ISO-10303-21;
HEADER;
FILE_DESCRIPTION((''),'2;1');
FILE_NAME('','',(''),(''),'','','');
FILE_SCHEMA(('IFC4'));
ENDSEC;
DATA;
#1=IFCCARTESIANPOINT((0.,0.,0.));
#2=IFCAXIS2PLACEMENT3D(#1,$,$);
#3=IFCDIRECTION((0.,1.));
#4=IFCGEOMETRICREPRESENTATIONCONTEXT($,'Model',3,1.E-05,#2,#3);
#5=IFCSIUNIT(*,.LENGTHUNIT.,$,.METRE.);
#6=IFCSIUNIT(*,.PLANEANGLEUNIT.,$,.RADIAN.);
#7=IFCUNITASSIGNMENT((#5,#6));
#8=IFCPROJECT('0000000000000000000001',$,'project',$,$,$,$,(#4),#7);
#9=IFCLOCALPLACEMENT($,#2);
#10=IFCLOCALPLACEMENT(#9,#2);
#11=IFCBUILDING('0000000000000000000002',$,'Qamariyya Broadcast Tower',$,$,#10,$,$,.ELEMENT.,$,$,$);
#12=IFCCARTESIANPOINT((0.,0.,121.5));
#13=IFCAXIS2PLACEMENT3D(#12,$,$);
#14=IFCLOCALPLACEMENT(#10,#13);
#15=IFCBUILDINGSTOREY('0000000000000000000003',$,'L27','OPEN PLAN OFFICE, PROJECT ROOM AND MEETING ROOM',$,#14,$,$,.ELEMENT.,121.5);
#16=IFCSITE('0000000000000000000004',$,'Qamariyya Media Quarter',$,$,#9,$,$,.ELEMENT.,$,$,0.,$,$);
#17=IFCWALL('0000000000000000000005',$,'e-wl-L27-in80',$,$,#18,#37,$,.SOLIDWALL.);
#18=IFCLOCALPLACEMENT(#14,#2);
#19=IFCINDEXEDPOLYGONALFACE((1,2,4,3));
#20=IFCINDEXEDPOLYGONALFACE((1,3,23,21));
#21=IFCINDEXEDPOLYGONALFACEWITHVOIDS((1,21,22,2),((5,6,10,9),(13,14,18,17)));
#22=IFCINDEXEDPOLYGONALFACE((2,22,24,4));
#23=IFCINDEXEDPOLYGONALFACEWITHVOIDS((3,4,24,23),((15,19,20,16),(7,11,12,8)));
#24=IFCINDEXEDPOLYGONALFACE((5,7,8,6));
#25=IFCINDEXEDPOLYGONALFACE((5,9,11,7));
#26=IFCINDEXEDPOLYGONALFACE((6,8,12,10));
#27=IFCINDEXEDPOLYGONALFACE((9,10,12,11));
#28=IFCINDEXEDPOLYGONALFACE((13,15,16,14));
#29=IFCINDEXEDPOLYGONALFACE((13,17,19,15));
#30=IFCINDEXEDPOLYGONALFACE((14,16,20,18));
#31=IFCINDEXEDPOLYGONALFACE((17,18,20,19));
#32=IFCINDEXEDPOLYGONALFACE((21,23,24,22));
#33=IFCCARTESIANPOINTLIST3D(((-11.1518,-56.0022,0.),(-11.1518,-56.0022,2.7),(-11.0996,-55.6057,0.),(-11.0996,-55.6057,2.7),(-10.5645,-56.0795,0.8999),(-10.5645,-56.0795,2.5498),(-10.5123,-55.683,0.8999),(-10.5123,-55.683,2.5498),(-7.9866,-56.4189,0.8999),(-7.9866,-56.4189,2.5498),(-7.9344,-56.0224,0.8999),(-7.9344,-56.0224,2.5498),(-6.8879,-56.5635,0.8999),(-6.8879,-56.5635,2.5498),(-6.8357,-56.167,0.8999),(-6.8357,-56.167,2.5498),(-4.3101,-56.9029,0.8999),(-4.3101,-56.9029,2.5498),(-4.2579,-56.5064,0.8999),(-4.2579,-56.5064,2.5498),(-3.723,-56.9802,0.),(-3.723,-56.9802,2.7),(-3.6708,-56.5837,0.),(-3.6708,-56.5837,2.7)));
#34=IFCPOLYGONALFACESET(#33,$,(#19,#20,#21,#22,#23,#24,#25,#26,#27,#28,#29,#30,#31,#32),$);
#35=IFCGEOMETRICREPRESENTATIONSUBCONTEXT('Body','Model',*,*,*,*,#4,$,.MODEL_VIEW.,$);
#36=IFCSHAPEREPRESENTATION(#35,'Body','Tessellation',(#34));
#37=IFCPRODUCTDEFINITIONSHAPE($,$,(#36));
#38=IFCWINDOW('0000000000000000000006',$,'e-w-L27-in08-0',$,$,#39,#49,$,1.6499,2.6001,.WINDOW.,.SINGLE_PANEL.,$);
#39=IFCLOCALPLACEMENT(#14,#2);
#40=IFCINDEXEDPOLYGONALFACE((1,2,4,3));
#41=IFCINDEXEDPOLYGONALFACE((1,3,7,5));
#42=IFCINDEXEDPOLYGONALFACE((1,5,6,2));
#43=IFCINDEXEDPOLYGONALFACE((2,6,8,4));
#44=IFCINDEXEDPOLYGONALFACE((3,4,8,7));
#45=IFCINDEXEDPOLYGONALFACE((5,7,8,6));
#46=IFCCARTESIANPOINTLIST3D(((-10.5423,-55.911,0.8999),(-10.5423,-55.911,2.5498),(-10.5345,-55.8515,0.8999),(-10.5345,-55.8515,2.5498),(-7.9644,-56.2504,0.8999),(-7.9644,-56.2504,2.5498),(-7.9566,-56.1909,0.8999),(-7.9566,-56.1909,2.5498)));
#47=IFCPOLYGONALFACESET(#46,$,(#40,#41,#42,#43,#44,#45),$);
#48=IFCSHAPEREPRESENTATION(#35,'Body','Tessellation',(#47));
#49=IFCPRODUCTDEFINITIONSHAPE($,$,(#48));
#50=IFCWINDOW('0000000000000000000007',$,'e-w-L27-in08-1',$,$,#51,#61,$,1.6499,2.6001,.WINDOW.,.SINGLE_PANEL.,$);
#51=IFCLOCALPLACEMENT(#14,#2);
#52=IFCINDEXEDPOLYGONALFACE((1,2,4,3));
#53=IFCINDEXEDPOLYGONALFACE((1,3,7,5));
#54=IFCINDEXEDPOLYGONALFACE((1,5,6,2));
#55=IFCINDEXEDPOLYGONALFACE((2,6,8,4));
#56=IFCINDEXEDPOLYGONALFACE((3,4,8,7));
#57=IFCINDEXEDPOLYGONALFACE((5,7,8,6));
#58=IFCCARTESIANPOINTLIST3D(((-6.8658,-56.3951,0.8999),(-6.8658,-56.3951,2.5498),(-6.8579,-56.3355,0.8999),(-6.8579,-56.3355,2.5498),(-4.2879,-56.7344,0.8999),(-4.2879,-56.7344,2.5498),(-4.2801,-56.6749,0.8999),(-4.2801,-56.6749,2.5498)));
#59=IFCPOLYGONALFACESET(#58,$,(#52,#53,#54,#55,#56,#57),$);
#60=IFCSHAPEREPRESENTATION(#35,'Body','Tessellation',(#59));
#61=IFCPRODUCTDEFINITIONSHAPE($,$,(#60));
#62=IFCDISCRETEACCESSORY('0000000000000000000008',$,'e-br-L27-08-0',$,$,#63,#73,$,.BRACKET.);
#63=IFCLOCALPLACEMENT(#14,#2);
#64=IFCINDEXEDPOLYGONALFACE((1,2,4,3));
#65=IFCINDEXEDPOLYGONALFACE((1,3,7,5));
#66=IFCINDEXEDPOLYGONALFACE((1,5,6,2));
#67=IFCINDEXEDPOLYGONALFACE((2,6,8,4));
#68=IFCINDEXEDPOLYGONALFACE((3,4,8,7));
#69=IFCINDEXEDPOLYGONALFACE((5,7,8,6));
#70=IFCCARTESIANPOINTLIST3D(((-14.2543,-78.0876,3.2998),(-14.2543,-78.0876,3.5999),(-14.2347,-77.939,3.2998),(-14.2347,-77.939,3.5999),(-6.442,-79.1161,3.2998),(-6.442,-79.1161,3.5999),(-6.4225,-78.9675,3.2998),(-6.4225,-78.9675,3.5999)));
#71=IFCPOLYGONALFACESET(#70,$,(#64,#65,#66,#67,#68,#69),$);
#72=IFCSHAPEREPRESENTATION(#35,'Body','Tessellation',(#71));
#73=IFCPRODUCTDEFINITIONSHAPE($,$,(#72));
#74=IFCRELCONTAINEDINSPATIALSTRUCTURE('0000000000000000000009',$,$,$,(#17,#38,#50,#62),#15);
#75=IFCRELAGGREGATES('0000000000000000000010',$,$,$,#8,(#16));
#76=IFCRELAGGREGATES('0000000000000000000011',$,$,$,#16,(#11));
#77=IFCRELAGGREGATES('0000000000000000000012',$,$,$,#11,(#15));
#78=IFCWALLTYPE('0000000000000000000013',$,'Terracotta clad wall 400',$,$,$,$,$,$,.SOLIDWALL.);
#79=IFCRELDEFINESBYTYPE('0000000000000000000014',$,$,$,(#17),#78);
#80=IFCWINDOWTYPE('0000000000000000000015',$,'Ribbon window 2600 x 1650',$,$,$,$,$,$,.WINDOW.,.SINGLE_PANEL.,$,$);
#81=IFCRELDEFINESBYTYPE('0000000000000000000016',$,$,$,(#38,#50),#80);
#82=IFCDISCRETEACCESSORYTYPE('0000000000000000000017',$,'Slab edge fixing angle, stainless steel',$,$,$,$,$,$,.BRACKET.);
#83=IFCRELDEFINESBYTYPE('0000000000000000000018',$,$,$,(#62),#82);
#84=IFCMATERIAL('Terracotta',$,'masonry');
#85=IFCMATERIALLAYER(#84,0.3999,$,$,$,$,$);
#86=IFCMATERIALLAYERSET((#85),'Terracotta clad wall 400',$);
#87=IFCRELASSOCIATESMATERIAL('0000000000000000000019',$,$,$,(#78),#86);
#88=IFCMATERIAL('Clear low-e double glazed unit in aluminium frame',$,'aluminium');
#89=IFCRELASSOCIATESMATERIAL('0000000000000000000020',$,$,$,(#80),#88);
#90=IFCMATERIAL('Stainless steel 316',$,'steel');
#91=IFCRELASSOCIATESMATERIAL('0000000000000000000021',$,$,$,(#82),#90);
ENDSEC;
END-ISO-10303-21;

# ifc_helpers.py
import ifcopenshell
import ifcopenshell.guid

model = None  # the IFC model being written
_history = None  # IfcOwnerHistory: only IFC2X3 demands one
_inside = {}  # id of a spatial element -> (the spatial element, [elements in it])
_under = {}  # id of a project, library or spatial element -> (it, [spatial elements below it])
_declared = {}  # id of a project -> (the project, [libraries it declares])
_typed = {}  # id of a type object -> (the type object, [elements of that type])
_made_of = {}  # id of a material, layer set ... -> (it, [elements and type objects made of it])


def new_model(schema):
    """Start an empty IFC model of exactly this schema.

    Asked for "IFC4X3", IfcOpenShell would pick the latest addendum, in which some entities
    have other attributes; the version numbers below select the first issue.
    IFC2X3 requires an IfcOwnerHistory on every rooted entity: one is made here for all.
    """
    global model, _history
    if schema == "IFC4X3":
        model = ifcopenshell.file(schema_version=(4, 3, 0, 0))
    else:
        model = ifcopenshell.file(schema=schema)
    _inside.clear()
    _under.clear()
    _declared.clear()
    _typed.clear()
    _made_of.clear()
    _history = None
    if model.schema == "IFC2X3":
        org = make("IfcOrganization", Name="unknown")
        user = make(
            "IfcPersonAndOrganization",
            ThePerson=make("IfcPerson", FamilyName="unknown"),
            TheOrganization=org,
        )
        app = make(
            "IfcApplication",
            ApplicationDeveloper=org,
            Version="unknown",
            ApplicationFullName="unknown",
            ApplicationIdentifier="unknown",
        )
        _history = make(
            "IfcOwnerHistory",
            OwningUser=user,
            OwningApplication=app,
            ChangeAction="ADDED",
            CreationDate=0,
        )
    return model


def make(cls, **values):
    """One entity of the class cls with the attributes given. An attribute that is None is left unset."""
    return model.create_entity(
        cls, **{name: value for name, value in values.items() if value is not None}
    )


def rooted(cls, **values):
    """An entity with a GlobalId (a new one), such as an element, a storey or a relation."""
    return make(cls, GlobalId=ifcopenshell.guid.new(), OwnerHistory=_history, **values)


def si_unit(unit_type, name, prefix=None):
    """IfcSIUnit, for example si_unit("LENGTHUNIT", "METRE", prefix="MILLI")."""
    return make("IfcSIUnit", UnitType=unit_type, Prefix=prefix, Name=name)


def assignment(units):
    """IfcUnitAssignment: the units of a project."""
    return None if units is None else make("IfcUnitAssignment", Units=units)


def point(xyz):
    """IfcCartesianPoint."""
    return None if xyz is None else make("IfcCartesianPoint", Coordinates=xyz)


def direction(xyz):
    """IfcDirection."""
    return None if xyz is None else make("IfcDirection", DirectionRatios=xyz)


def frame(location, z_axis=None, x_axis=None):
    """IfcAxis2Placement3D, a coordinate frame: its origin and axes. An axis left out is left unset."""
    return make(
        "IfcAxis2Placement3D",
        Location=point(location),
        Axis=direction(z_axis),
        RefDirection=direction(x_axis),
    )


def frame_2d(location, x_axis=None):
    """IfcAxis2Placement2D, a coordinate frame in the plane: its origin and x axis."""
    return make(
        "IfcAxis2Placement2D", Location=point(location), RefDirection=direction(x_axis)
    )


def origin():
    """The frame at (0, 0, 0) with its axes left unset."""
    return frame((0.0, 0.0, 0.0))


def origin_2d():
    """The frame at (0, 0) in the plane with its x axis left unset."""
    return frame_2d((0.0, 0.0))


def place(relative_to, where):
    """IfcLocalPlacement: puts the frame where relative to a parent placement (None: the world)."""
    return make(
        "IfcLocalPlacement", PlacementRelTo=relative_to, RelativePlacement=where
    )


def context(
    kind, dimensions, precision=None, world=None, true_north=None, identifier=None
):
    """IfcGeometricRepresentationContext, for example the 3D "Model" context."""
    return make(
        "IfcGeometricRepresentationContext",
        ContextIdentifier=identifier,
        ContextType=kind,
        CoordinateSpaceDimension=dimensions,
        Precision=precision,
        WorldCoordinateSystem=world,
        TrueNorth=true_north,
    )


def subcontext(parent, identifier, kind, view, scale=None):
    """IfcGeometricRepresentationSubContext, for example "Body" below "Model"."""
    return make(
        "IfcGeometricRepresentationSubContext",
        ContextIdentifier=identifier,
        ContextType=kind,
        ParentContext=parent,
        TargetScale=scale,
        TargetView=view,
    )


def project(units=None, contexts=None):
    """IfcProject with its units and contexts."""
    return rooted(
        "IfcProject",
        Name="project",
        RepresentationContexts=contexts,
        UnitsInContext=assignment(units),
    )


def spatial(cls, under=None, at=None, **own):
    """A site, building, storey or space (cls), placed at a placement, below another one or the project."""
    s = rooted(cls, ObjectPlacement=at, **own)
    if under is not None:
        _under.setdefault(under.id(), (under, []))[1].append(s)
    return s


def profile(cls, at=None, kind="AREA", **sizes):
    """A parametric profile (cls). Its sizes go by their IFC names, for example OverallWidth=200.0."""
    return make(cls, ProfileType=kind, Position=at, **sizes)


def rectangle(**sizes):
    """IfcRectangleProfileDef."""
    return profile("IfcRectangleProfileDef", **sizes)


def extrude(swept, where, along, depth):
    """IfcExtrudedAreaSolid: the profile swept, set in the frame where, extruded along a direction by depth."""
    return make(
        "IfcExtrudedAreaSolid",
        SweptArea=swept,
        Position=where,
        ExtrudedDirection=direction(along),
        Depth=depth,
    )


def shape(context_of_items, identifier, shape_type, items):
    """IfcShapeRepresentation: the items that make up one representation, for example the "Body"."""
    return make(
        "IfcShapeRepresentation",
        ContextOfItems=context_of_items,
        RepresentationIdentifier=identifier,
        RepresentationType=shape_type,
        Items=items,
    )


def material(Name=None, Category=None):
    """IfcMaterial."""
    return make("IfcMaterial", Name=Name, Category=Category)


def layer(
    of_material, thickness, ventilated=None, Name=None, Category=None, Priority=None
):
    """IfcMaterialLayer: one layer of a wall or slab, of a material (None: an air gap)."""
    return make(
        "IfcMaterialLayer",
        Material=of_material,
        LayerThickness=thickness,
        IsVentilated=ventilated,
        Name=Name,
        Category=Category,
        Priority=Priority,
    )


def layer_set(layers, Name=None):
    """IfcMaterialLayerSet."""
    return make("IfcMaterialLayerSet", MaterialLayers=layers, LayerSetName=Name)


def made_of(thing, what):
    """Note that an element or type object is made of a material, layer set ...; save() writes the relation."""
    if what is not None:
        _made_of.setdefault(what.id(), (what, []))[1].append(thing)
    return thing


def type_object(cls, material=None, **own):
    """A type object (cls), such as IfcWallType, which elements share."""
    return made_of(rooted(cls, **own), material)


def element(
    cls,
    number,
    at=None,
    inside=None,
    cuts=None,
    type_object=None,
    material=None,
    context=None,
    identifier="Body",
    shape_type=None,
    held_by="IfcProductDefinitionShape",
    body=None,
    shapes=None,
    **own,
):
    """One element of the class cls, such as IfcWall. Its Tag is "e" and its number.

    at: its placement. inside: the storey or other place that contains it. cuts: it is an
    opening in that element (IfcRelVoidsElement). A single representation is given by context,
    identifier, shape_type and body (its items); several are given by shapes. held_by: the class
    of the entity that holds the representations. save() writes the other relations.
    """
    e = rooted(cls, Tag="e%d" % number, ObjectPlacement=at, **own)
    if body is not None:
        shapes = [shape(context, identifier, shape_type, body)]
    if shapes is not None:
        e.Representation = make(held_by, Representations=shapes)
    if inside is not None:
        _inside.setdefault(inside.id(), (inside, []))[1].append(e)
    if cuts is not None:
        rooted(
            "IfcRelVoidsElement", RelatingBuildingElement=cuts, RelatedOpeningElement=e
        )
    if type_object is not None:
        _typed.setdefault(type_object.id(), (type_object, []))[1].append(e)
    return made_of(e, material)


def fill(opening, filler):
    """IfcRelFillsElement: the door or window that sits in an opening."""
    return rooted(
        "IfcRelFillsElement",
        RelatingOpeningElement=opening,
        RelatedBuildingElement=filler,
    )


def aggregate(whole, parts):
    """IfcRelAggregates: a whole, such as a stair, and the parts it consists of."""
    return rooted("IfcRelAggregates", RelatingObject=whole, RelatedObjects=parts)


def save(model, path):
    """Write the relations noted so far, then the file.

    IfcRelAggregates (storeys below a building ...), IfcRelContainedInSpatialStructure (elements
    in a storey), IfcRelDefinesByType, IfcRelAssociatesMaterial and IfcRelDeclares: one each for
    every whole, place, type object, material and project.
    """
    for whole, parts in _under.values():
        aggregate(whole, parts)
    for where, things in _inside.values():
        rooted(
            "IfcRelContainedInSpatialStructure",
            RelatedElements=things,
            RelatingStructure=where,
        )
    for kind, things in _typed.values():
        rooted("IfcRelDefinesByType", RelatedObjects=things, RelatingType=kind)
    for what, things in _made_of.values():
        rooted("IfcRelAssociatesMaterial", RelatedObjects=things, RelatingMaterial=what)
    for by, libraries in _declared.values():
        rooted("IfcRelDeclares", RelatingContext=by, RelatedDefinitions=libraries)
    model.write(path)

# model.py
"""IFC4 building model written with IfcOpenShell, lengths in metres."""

from ifc_helpers import new_model, si_unit, direction, frame, frame_2d, origin, origin_2d, place, context, subcontext, project, spatial, rectangle, extrude, material, layer, layer_set, type_object, element, fill, save


model = new_model("IFC4")

# Units and contexts
model_context = context("Model", 3, precision=1e-05, world=origin(), true_north=direction((0.0, 1.0)))
body_context = subcontext(model_context, "Body", "Model", "MODEL_VIEW")
ifc_project = project(units=[si_unit("LENGTHUNIT", "METRE"), si_unit("PLANEANGLEUNIT", "RADIAN")], contexts=[model_context])

# Site, building, storey
site_placement = place(None, origin())
site = spatial("IfcSite", under=ifc_project, at=site_placement, Name="Qamariyya Media Quarter", CompositionType="ELEMENT", RefElevation=0.0)
building_placement = place(site_placement, origin())
building = spatial("IfcBuilding", under=site, at=building_placement, Name="Qamariyya Broadcast Tower", CompositionType="ELEMENT")
storey_placement = place(building_placement, frame((0.0, 0.0, 121.5)))
storey = spatial("IfcBuildingStorey", under=building, at=storey_placement, Name="L27", Description="OPEN PLAN OFFICE, PROJECT ROOM AND MEETING ROOM", CompositionType="ELEMENT", Elevation=121.5)

# Wall, openings, windows
ifc_material_1 = material(Name="Terracotta", Category="masonry")
ifc_layer_1 = layer(ifc_material_1, 0.3999)
ifc_layer_set_1 = layer_set([ifc_layer_1], Name="Terracotta clad wall 400")
wall_type_1 = type_object("IfcWallType", Name="Terracotta clad wall 400", PredefinedType="SOLIDWALL", material=ifc_layer_set_1)
ifc_material_2 = material(Name="Clear low-e double glazed unit in aluminium frame", Category="aluminium")
window_type = type_object("IfcWindowType", Name="Ribbon window 2600 x 1650", PartitioningType="SINGLE_PANEL", PredefinedType="WINDOW", material=ifc_material_2)
wall_1_placement = place(storey_placement, frame((-3.6968, -56.782, 0.0), z_axis=(0.0, 0.0, 1.0), x_axis=(-0.991445, 0.130529, 0.0)))
wall_1 = element("IfcWall", 1, at=wall_1_placement, inside=storey, type_object=wall_type_1, Name="e-wl-L27-in80", PredefinedType="SOLIDWALL", context=body_context, shape_type="SweptSolid", body=[
    extrude(rectangle(XDim=7.4929, YDim=0.3999, at=frame_2d((3.7466, 0.0))), origin(), (0.0, 0.0, 1.0), 2.7),
])
opening_1_placement = place(wall_1_placement, frame((4.3005, 0.0, 0.8999)))
opening_1 = element("IfcOpeningElement", 2, at=opening_1_placement, cuts=wall_1, PredefinedType="OPENING", context=body_context, shape_type="SweptSolid", body=[
    extrude(rectangle(XDim=2.6001, YDim=1.6499, at=frame_2d((1.3, 0.825))), frame((0.0, 0.21, 0.0), z_axis=(0.0, -1.0, 0.0), x_axis=(1.0, 0.0, 0.0)), (0.0, 0.0, 1.0), 0.4199),
])
opening_2_placement = place(wall_1_placement, frame((0.5923, 0.0, 0.8999)))
opening_2 = element("IfcOpeningElement", 3, at=opening_2_placement, cuts=wall_1, PredefinedType="OPENING", context=body_context, shape_type="SweptSolid", body=[
    extrude(rectangle(XDim=2.6001, YDim=1.6499, at=frame_2d((1.3, 0.825))), frame((0.0, 0.21, 0.0), z_axis=(0.0, -1.0, 0.0), x_axis=(1.0, 0.0, 0.0)), (0.0, 0.0, 1.0), 0.4199),
])
window_1_placement = place(opening_1_placement, origin())
window_1 = element("IfcWindow", 4, at=window_1_placement, inside=storey, type_object=window_type, Name="e-w-L27-in08-0", OverallHeight=1.6499, OverallWidth=2.6001, PartitioningType="SINGLE_PANEL", PredefinedType="WINDOW", context=body_context, shape_type="SweptSolid", body=[
    extrude(rectangle(XDim=2.6001, YDim=1.6499, at=frame_2d((1.3, 0.825))), frame((0.0, 0.03, 0.0), z_axis=(0.0, -1.0, 0.0), x_axis=(1.0, 0.0, 0.0)), (0.0, 0.0, 1.0), 0.0601),
])
fill(opening_1, window_1)
window_2_placement = place(opening_2_placement, origin())
window_2 = element("IfcWindow", 5, at=window_2_placement, inside=storey, type_object=window_type, Name="e-w-L27-in08-1", OverallHeight=1.6499, OverallWidth=2.6001, PartitioningType="SINGLE_PANEL", PredefinedType="WINDOW", context=body_context, shape_type="SweptSolid", body=[
    extrude(rectangle(XDim=2.6001, YDim=1.6499, at=frame_2d((1.3, 0.825))), frame((0.0, 0.03, 0.0), z_axis=(0.0, -1.0, 0.0), x_axis=(1.0, 0.0, 0.0)), (0.0, 0.0, 1.0), 0.0601),
])
fill(opening_2, window_2)

# Discrete accessory
ifc_material_3 = material(Name="Stainless steel 316", Category="steel")
discrete_accessory_type = type_object("IfcDiscreteAccessoryType", Name="Slab edge fixing angle, stainless steel", PredefinedType="BRACKET", material=ifc_material_3)
discrete_accessory_placement = place(storey_placement, frame((-10.3384, -78.5276, 3.2998), z_axis=(0.0, 0.0, 1.0), x_axis=(0.991445, -0.130526, 0.0)))
element("IfcDiscreteAccessory", 6, at=discrete_accessory_placement, inside=storey, type_object=discrete_accessory_type, Name="e-br-L27-08-0", PredefinedType="BRACKET", context=body_context, shape_type="SweptSolid", body=[
    extrude(rectangle(XDim=7.8796, YDim=0.1499, at=origin_2d()), origin(), (0.0, 0.0, 1.0), 0.3),
])

save(model, "model.ifc")
